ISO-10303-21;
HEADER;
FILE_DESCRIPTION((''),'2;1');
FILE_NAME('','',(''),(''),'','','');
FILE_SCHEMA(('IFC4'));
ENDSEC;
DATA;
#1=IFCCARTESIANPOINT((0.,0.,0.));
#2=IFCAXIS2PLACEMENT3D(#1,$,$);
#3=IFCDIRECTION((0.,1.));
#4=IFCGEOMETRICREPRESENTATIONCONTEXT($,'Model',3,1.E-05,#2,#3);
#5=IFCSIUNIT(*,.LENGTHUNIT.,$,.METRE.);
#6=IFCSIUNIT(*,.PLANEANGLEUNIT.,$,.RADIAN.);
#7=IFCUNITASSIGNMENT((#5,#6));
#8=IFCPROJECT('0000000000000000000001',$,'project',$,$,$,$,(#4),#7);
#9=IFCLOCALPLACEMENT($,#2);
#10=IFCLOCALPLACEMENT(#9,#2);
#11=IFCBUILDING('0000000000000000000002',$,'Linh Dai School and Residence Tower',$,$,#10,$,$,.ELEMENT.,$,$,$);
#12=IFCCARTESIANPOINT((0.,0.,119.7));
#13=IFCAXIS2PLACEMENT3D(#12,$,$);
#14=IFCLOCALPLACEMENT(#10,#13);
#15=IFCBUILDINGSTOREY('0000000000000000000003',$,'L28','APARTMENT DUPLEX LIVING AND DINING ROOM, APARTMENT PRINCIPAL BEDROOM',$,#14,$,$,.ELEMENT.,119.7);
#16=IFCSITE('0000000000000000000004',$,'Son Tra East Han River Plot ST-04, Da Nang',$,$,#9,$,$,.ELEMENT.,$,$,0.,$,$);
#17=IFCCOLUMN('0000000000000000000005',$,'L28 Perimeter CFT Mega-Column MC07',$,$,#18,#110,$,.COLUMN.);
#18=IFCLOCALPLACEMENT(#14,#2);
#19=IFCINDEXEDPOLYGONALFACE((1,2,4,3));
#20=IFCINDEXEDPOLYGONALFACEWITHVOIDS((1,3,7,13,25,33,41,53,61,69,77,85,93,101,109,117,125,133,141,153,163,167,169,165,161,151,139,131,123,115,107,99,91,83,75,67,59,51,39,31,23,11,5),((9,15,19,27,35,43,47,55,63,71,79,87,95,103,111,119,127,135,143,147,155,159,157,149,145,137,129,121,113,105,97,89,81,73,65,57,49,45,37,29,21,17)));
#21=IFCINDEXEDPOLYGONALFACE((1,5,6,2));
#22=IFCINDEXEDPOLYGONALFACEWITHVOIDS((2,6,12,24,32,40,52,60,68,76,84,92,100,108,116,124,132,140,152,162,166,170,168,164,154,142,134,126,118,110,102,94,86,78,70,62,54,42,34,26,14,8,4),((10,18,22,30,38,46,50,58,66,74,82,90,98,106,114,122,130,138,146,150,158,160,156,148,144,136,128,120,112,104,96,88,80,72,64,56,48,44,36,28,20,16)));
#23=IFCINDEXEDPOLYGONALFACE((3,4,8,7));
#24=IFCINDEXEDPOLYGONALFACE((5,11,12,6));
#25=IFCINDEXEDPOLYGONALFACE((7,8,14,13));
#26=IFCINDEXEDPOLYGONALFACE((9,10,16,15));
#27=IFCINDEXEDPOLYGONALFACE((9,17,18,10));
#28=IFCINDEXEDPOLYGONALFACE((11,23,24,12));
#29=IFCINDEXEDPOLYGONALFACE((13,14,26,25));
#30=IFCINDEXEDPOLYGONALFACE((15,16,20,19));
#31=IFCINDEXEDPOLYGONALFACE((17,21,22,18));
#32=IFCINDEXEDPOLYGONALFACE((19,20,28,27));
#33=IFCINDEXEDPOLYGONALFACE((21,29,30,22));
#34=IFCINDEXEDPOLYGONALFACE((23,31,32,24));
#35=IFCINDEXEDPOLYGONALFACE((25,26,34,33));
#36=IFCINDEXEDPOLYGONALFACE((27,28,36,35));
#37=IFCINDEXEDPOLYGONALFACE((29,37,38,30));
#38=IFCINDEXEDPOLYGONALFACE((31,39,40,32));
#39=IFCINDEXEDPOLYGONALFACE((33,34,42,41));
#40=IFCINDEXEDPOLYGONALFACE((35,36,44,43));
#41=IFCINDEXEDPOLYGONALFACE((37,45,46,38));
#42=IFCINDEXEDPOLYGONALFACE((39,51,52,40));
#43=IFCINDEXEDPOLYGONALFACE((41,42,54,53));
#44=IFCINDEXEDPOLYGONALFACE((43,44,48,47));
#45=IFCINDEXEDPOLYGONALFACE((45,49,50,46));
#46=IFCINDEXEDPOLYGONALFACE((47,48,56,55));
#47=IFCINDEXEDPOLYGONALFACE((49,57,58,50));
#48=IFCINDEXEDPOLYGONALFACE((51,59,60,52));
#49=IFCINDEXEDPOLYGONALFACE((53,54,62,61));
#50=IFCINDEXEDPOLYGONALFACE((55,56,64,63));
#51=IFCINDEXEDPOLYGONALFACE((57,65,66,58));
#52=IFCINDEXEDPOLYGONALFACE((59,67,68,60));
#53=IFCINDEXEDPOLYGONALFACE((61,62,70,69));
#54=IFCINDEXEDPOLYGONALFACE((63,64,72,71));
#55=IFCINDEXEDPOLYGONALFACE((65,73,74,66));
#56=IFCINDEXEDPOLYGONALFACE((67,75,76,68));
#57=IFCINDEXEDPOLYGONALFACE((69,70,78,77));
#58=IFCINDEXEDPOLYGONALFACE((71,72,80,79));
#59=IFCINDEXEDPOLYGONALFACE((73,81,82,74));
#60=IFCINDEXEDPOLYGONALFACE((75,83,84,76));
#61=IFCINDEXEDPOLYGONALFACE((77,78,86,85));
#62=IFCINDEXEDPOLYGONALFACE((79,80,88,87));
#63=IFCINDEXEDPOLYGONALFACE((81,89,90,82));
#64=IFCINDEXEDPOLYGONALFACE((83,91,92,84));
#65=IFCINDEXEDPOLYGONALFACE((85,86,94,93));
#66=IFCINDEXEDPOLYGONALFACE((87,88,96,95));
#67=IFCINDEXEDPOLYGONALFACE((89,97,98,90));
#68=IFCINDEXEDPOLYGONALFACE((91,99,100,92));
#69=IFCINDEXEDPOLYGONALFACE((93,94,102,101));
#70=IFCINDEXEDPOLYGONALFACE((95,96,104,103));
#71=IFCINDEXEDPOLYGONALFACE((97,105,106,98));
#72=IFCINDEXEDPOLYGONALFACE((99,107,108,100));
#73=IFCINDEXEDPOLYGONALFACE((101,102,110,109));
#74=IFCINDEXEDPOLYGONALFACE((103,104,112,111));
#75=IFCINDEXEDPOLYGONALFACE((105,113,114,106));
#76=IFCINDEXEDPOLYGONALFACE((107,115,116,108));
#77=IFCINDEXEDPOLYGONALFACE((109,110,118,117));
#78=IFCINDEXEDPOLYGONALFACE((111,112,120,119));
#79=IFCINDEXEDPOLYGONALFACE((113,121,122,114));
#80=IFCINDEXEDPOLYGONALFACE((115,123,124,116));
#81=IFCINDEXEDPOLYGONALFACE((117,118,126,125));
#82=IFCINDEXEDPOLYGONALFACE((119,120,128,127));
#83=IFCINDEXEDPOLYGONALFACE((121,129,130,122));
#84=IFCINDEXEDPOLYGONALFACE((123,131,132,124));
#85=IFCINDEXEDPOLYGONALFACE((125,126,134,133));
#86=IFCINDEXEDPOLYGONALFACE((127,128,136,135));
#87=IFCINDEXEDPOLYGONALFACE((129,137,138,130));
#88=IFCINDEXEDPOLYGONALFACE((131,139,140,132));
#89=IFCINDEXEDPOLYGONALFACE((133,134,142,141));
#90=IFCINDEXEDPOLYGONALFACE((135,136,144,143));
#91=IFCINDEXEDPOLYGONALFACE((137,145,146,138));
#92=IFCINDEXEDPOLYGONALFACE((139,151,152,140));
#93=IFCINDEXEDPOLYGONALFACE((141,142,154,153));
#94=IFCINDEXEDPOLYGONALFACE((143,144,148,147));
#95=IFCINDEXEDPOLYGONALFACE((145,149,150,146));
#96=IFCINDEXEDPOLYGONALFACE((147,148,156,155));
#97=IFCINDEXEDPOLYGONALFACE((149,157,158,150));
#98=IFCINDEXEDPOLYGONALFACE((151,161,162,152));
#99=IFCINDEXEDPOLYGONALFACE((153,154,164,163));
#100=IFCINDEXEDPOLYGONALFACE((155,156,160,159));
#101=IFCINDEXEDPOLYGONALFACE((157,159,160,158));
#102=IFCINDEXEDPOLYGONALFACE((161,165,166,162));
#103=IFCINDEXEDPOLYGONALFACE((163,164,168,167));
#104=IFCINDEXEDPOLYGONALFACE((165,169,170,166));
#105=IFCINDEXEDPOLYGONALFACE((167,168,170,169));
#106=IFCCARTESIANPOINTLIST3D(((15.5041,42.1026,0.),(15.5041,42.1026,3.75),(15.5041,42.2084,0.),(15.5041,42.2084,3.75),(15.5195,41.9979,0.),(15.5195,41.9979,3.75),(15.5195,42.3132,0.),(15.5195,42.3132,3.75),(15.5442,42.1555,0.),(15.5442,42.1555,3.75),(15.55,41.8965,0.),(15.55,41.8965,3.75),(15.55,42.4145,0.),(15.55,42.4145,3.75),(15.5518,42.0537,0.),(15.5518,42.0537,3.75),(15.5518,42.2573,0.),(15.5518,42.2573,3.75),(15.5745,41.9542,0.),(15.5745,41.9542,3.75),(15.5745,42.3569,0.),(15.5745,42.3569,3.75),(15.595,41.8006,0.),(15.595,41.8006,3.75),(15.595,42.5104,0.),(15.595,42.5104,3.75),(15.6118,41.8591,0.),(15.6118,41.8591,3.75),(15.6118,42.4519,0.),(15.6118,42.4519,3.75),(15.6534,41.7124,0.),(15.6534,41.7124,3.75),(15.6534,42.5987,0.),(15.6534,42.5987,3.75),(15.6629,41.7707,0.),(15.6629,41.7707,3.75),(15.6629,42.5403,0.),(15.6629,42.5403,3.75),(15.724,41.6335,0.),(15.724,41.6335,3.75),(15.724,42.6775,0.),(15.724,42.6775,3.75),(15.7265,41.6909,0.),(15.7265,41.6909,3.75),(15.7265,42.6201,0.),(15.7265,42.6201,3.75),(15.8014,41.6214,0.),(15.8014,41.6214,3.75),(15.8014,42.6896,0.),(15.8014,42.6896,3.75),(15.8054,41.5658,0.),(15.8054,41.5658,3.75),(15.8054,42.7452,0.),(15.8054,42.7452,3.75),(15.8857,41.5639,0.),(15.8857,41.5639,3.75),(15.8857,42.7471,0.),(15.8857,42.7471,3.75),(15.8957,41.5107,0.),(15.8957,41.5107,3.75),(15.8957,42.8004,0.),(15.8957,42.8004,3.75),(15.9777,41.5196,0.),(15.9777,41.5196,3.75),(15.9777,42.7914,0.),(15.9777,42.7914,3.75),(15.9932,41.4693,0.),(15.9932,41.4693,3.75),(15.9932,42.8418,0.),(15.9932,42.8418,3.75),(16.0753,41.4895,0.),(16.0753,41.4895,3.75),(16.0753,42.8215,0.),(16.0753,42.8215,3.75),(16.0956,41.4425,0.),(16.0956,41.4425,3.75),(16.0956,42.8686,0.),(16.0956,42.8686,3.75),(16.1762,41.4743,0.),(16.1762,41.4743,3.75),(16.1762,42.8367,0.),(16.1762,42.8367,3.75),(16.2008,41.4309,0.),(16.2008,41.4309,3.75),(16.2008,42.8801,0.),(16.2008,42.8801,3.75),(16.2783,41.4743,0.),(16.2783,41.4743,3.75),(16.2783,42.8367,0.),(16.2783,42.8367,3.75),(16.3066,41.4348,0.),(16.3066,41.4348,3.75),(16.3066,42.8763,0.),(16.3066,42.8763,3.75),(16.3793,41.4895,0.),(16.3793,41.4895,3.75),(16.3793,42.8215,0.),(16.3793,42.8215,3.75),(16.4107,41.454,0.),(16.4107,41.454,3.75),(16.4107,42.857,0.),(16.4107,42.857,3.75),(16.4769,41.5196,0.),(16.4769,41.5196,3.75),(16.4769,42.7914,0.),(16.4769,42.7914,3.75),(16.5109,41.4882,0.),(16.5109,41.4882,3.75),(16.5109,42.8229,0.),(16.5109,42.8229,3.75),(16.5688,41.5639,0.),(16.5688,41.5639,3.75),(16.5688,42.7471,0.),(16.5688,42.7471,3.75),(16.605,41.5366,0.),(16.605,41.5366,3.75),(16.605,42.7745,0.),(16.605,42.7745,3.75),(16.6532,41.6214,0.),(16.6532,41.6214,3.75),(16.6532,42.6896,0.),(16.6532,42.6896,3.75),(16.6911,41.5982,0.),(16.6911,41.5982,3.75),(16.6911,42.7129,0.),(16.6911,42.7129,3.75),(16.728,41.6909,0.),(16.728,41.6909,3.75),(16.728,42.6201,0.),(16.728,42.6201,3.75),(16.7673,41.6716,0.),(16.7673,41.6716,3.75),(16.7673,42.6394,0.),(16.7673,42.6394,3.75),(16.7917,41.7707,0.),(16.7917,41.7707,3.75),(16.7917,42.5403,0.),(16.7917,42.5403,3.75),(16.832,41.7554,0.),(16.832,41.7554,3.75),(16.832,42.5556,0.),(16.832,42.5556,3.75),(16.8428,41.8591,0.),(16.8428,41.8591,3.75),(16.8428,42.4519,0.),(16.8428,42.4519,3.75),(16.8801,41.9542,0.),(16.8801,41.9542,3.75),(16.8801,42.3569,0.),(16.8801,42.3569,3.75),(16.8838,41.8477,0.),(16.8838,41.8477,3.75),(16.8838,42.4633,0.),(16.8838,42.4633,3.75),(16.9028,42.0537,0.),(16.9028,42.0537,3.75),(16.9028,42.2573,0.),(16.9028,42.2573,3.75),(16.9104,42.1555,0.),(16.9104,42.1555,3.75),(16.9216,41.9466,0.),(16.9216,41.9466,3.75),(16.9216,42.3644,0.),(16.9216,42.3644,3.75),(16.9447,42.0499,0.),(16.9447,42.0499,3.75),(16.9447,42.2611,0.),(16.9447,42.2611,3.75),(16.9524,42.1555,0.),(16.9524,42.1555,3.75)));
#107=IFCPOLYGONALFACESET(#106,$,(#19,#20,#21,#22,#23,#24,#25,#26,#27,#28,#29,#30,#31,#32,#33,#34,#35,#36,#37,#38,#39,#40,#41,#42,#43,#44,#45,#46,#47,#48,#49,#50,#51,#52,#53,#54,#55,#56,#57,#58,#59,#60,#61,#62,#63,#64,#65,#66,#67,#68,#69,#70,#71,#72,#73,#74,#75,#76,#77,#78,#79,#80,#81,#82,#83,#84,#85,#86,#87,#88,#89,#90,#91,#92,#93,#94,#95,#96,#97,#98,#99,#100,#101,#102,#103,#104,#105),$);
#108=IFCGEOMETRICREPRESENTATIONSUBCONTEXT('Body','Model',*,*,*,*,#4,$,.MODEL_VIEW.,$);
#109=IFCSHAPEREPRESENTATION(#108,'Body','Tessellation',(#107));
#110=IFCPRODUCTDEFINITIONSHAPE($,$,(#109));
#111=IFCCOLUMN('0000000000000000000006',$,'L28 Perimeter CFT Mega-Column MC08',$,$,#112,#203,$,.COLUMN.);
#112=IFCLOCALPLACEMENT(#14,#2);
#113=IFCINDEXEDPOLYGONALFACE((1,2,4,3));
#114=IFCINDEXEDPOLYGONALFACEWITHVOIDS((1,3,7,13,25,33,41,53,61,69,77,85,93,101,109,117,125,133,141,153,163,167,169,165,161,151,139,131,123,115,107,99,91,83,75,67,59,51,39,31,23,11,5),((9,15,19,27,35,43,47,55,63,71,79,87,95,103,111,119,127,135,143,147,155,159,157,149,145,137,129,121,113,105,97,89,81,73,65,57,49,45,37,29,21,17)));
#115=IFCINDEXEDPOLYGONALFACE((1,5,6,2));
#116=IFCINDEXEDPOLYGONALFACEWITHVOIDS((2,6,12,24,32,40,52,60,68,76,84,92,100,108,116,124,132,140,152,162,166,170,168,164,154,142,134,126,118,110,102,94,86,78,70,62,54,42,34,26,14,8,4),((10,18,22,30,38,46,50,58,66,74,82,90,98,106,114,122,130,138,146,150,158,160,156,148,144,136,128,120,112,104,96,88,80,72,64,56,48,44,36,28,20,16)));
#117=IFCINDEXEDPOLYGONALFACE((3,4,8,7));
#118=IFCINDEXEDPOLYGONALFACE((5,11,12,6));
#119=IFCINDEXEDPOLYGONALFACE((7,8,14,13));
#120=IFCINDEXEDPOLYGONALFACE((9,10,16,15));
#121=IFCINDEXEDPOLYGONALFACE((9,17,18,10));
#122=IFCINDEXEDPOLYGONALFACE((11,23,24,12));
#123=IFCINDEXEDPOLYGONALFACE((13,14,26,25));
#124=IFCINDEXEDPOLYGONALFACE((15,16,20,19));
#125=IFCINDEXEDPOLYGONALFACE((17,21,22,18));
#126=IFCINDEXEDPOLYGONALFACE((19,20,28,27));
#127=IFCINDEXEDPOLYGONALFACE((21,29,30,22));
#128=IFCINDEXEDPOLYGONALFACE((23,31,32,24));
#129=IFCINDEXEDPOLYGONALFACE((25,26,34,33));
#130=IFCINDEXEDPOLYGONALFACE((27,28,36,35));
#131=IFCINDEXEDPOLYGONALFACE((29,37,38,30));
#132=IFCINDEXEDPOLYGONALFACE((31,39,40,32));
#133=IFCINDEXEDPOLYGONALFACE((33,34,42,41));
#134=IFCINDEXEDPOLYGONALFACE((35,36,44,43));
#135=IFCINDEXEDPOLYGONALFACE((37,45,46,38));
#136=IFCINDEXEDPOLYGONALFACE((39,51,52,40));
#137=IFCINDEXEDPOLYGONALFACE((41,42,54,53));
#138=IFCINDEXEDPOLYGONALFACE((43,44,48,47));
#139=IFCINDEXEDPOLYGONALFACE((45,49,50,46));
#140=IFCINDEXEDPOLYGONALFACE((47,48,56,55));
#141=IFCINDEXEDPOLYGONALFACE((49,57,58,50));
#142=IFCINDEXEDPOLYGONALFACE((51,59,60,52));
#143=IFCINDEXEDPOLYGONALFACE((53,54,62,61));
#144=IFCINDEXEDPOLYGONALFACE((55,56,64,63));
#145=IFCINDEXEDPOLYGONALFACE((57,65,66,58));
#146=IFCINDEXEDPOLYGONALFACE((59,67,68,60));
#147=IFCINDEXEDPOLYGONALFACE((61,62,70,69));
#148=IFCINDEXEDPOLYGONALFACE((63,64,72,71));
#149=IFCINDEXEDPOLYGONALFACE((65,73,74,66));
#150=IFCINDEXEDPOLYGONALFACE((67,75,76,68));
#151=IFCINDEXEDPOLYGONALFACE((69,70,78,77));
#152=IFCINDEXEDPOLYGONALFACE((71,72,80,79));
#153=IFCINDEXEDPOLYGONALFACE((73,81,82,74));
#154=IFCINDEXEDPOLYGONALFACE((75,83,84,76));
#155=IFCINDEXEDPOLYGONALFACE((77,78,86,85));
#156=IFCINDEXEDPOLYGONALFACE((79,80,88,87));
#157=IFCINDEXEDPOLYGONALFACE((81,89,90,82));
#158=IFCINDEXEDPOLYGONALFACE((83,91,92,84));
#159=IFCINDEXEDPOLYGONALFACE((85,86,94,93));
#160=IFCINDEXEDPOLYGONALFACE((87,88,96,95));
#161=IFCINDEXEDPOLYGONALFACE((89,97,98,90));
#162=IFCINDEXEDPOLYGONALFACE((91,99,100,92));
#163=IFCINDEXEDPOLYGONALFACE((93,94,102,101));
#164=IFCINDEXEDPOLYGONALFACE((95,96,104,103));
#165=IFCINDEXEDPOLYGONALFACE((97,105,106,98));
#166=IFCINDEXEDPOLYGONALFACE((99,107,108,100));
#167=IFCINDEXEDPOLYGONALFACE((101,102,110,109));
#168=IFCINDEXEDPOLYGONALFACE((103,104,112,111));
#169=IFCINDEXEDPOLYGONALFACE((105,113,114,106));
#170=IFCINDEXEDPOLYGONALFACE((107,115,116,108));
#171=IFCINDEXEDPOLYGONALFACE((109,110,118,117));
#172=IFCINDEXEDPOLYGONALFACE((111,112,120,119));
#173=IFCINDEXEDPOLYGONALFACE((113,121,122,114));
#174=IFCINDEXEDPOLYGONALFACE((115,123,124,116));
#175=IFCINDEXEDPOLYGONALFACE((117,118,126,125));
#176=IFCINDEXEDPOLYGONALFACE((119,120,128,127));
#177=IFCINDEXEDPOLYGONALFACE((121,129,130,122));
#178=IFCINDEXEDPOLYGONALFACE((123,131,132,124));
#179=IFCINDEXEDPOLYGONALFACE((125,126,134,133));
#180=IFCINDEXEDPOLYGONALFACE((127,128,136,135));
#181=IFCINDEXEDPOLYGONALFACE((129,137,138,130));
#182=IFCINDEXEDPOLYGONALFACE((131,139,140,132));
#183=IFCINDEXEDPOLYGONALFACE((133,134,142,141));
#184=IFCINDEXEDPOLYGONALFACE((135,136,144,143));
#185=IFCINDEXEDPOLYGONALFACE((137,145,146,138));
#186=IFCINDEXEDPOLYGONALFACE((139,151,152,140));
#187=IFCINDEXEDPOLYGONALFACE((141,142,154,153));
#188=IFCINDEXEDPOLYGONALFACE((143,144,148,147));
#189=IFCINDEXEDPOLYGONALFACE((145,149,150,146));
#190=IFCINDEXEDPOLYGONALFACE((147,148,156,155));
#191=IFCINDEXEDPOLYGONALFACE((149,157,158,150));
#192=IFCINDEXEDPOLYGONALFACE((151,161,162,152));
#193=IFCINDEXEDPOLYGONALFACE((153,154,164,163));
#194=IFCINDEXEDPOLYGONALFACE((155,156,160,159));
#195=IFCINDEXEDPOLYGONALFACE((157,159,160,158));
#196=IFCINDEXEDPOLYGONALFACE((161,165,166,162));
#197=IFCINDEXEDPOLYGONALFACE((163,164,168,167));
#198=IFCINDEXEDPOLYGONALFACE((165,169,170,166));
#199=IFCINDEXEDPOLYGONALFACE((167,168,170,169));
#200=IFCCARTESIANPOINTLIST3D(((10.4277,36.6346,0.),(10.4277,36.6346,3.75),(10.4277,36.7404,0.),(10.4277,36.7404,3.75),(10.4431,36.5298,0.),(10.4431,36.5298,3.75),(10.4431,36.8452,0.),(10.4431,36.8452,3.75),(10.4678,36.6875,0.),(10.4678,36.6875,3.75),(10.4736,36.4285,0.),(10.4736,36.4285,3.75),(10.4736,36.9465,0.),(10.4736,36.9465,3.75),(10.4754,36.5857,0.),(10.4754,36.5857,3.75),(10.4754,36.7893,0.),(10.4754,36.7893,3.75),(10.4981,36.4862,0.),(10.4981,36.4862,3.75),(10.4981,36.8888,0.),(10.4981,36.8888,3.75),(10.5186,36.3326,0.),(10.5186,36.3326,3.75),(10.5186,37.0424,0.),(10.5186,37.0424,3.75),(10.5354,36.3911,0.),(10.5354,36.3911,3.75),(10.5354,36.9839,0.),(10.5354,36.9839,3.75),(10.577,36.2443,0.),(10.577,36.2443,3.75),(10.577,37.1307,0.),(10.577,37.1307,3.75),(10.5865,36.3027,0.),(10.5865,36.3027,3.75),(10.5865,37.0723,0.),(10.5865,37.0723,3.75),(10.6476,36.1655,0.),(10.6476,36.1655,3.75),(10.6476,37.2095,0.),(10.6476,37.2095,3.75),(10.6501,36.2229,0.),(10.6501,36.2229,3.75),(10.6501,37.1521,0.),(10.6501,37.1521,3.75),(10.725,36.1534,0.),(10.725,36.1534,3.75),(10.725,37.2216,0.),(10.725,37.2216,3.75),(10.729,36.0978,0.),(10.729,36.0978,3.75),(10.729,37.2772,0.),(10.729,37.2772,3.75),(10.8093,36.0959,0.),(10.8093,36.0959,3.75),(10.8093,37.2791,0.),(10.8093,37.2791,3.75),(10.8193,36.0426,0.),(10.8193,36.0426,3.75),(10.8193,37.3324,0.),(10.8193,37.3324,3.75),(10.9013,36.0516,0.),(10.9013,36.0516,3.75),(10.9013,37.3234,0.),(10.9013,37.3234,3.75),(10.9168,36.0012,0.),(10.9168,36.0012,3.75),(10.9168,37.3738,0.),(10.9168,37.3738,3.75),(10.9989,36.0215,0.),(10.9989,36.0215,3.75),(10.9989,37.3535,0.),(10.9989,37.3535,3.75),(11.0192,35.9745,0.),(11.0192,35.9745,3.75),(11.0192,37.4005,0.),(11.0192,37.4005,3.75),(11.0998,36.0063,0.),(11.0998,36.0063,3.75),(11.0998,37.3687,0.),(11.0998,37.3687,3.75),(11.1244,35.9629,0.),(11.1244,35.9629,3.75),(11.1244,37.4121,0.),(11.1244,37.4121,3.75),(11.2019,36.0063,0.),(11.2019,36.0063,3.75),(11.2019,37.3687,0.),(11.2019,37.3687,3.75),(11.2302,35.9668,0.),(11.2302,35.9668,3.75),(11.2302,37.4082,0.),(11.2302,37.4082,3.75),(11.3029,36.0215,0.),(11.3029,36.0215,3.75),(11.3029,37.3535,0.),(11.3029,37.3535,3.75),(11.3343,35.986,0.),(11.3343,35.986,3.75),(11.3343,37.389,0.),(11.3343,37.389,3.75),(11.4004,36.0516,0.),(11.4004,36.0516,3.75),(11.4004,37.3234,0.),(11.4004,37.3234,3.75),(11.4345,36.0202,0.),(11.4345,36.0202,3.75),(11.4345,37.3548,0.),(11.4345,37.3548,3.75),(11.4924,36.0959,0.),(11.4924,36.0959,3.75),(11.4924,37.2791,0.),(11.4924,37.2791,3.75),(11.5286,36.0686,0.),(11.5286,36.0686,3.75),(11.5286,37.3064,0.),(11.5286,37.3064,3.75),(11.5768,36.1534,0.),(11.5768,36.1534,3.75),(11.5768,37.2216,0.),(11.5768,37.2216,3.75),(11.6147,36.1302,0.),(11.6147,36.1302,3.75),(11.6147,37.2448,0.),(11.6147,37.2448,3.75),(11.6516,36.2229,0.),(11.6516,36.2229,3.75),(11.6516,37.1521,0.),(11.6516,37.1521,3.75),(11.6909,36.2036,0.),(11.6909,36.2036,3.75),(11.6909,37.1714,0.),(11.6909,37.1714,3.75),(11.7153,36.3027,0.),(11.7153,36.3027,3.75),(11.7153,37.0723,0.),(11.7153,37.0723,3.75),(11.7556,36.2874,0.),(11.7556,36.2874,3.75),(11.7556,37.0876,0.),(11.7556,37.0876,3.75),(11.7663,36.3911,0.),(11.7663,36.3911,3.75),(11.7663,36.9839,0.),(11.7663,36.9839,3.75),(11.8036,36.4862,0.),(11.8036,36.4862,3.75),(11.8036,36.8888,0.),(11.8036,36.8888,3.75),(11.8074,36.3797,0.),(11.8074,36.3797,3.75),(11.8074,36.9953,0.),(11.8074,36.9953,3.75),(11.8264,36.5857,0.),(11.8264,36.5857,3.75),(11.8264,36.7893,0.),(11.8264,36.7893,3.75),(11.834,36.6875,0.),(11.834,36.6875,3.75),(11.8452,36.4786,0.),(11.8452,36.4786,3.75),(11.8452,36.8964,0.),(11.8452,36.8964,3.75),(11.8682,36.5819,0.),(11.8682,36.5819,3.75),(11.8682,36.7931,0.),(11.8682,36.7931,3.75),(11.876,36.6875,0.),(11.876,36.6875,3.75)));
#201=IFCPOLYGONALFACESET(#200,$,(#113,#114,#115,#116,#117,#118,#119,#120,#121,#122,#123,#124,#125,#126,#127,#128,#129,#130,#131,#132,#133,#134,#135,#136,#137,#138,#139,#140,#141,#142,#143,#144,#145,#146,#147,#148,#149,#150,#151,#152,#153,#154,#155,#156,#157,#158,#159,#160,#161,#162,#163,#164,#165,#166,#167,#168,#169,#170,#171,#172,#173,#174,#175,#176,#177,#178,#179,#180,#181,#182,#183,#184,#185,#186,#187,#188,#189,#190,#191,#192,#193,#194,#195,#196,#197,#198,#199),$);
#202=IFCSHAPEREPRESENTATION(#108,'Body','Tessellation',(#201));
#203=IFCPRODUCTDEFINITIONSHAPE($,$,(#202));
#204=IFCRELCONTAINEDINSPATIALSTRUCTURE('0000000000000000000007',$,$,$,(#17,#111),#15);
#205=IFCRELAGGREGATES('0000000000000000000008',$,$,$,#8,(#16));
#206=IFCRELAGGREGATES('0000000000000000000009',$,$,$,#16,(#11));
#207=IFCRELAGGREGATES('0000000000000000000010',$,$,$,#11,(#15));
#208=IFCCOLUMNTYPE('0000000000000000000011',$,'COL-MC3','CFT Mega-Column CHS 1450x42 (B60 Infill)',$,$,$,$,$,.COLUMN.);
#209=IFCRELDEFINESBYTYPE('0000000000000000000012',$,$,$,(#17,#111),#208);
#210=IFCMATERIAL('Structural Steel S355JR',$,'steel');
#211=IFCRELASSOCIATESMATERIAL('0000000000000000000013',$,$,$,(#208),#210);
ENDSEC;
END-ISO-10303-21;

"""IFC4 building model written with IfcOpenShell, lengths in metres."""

from ifc_helpers import new_model, si_unit, direction, frame, origin, origin_2d, place, context, subcontext, project, spatial, hollow_circle, extrude, material, material_profile, profile_set, type_object, element, save


model = new_model("IFC4")

# Units and contexts
model_context = context("Model", 3, precision=1e-05, world=origin(), true_north=direction((0.0, 1.0)))
body_context = subcontext(model_context, "Body", "Model", "MODEL_VIEW")
ifc_project = project(units=[si_unit("LENGTHUNIT", "METRE"), si_unit("PLANEANGLEUNIT", "RADIAN")], contexts=[model_context])

# Site, building, storey
site_placement = place(None, origin())
site = spatial("IfcSite", under=ifc_project, at=site_placement, Name="Son Tra East Han River Plot ST-04, Da Nang", CompositionType="ELEMENT", RefElevation=0.0)
building_placement = place(site_placement, origin())
building = spatial("IfcBuilding", under=site, at=building_placement, Name="Linh Dai School and Residence Tower", CompositionType="ELEMENT")
storey_placement = place(building_placement, frame((0.0, 0.0, 119.7)))
storey = spatial("IfcBuildingStorey", under=building, at=storey_placement, Name="L28", Description="APARTMENT DUPLEX LIVING AND DINING ROOM, APARTMENT PRINCIPAL BEDROOM", CompositionType="ELEMENT", Elevation=119.7)

# Columns
ifc_material_1 = material(Name="Structural Steel S355JR", Category="steel")
ifc_material_profile_1 = material_profile(ifc_material_1, hollow_circle(Radius=0.7251, WallThickness=0.042, at=origin_2d()), Name="CHS 1450x42")
ifc_profile_set_1 = profile_set([ifc_material_profile_1], Name="Structural Steel S355JR")
column_type = type_object("IfcColumnType", Name="COL-MC3", Description="CFT Mega-Column CHS 1450x42 (B60 Infill)", PredefinedType="COLUMN", material=ifc_profile_set_1)
for number, where, z_axis, x_axis, name in (
    (1, (16.2273, 42.1555, 0.0), (0.0, 0.0, 1.0), (1.0, 0.0, 0.0), "L28 Perimeter CFT Mega-Column MC07"),
    (2, (11.1509, 36.6875, 0.0), (0.0, 0.0, 1.0), (1.0, 0.0, 0.0), "L28 Perimeter CFT Mega-Column MC08"),
):
    element("IfcColumn", number, at=place(storey_placement, frame(where, z_axis=z_axis, x_axis=x_axis)), inside=storey, type_object=column_type, Name=name, PredefinedType="COLUMN", context=body_context, shape_type="SweptSolid", body=[
        extrude(hollow_circle(Radius=0.7251, WallThickness=0.042, at=origin_2d()), origin(), (0.0, 0.0, 1.0), 3.75),
    ])

save(model, "model.ifc")
